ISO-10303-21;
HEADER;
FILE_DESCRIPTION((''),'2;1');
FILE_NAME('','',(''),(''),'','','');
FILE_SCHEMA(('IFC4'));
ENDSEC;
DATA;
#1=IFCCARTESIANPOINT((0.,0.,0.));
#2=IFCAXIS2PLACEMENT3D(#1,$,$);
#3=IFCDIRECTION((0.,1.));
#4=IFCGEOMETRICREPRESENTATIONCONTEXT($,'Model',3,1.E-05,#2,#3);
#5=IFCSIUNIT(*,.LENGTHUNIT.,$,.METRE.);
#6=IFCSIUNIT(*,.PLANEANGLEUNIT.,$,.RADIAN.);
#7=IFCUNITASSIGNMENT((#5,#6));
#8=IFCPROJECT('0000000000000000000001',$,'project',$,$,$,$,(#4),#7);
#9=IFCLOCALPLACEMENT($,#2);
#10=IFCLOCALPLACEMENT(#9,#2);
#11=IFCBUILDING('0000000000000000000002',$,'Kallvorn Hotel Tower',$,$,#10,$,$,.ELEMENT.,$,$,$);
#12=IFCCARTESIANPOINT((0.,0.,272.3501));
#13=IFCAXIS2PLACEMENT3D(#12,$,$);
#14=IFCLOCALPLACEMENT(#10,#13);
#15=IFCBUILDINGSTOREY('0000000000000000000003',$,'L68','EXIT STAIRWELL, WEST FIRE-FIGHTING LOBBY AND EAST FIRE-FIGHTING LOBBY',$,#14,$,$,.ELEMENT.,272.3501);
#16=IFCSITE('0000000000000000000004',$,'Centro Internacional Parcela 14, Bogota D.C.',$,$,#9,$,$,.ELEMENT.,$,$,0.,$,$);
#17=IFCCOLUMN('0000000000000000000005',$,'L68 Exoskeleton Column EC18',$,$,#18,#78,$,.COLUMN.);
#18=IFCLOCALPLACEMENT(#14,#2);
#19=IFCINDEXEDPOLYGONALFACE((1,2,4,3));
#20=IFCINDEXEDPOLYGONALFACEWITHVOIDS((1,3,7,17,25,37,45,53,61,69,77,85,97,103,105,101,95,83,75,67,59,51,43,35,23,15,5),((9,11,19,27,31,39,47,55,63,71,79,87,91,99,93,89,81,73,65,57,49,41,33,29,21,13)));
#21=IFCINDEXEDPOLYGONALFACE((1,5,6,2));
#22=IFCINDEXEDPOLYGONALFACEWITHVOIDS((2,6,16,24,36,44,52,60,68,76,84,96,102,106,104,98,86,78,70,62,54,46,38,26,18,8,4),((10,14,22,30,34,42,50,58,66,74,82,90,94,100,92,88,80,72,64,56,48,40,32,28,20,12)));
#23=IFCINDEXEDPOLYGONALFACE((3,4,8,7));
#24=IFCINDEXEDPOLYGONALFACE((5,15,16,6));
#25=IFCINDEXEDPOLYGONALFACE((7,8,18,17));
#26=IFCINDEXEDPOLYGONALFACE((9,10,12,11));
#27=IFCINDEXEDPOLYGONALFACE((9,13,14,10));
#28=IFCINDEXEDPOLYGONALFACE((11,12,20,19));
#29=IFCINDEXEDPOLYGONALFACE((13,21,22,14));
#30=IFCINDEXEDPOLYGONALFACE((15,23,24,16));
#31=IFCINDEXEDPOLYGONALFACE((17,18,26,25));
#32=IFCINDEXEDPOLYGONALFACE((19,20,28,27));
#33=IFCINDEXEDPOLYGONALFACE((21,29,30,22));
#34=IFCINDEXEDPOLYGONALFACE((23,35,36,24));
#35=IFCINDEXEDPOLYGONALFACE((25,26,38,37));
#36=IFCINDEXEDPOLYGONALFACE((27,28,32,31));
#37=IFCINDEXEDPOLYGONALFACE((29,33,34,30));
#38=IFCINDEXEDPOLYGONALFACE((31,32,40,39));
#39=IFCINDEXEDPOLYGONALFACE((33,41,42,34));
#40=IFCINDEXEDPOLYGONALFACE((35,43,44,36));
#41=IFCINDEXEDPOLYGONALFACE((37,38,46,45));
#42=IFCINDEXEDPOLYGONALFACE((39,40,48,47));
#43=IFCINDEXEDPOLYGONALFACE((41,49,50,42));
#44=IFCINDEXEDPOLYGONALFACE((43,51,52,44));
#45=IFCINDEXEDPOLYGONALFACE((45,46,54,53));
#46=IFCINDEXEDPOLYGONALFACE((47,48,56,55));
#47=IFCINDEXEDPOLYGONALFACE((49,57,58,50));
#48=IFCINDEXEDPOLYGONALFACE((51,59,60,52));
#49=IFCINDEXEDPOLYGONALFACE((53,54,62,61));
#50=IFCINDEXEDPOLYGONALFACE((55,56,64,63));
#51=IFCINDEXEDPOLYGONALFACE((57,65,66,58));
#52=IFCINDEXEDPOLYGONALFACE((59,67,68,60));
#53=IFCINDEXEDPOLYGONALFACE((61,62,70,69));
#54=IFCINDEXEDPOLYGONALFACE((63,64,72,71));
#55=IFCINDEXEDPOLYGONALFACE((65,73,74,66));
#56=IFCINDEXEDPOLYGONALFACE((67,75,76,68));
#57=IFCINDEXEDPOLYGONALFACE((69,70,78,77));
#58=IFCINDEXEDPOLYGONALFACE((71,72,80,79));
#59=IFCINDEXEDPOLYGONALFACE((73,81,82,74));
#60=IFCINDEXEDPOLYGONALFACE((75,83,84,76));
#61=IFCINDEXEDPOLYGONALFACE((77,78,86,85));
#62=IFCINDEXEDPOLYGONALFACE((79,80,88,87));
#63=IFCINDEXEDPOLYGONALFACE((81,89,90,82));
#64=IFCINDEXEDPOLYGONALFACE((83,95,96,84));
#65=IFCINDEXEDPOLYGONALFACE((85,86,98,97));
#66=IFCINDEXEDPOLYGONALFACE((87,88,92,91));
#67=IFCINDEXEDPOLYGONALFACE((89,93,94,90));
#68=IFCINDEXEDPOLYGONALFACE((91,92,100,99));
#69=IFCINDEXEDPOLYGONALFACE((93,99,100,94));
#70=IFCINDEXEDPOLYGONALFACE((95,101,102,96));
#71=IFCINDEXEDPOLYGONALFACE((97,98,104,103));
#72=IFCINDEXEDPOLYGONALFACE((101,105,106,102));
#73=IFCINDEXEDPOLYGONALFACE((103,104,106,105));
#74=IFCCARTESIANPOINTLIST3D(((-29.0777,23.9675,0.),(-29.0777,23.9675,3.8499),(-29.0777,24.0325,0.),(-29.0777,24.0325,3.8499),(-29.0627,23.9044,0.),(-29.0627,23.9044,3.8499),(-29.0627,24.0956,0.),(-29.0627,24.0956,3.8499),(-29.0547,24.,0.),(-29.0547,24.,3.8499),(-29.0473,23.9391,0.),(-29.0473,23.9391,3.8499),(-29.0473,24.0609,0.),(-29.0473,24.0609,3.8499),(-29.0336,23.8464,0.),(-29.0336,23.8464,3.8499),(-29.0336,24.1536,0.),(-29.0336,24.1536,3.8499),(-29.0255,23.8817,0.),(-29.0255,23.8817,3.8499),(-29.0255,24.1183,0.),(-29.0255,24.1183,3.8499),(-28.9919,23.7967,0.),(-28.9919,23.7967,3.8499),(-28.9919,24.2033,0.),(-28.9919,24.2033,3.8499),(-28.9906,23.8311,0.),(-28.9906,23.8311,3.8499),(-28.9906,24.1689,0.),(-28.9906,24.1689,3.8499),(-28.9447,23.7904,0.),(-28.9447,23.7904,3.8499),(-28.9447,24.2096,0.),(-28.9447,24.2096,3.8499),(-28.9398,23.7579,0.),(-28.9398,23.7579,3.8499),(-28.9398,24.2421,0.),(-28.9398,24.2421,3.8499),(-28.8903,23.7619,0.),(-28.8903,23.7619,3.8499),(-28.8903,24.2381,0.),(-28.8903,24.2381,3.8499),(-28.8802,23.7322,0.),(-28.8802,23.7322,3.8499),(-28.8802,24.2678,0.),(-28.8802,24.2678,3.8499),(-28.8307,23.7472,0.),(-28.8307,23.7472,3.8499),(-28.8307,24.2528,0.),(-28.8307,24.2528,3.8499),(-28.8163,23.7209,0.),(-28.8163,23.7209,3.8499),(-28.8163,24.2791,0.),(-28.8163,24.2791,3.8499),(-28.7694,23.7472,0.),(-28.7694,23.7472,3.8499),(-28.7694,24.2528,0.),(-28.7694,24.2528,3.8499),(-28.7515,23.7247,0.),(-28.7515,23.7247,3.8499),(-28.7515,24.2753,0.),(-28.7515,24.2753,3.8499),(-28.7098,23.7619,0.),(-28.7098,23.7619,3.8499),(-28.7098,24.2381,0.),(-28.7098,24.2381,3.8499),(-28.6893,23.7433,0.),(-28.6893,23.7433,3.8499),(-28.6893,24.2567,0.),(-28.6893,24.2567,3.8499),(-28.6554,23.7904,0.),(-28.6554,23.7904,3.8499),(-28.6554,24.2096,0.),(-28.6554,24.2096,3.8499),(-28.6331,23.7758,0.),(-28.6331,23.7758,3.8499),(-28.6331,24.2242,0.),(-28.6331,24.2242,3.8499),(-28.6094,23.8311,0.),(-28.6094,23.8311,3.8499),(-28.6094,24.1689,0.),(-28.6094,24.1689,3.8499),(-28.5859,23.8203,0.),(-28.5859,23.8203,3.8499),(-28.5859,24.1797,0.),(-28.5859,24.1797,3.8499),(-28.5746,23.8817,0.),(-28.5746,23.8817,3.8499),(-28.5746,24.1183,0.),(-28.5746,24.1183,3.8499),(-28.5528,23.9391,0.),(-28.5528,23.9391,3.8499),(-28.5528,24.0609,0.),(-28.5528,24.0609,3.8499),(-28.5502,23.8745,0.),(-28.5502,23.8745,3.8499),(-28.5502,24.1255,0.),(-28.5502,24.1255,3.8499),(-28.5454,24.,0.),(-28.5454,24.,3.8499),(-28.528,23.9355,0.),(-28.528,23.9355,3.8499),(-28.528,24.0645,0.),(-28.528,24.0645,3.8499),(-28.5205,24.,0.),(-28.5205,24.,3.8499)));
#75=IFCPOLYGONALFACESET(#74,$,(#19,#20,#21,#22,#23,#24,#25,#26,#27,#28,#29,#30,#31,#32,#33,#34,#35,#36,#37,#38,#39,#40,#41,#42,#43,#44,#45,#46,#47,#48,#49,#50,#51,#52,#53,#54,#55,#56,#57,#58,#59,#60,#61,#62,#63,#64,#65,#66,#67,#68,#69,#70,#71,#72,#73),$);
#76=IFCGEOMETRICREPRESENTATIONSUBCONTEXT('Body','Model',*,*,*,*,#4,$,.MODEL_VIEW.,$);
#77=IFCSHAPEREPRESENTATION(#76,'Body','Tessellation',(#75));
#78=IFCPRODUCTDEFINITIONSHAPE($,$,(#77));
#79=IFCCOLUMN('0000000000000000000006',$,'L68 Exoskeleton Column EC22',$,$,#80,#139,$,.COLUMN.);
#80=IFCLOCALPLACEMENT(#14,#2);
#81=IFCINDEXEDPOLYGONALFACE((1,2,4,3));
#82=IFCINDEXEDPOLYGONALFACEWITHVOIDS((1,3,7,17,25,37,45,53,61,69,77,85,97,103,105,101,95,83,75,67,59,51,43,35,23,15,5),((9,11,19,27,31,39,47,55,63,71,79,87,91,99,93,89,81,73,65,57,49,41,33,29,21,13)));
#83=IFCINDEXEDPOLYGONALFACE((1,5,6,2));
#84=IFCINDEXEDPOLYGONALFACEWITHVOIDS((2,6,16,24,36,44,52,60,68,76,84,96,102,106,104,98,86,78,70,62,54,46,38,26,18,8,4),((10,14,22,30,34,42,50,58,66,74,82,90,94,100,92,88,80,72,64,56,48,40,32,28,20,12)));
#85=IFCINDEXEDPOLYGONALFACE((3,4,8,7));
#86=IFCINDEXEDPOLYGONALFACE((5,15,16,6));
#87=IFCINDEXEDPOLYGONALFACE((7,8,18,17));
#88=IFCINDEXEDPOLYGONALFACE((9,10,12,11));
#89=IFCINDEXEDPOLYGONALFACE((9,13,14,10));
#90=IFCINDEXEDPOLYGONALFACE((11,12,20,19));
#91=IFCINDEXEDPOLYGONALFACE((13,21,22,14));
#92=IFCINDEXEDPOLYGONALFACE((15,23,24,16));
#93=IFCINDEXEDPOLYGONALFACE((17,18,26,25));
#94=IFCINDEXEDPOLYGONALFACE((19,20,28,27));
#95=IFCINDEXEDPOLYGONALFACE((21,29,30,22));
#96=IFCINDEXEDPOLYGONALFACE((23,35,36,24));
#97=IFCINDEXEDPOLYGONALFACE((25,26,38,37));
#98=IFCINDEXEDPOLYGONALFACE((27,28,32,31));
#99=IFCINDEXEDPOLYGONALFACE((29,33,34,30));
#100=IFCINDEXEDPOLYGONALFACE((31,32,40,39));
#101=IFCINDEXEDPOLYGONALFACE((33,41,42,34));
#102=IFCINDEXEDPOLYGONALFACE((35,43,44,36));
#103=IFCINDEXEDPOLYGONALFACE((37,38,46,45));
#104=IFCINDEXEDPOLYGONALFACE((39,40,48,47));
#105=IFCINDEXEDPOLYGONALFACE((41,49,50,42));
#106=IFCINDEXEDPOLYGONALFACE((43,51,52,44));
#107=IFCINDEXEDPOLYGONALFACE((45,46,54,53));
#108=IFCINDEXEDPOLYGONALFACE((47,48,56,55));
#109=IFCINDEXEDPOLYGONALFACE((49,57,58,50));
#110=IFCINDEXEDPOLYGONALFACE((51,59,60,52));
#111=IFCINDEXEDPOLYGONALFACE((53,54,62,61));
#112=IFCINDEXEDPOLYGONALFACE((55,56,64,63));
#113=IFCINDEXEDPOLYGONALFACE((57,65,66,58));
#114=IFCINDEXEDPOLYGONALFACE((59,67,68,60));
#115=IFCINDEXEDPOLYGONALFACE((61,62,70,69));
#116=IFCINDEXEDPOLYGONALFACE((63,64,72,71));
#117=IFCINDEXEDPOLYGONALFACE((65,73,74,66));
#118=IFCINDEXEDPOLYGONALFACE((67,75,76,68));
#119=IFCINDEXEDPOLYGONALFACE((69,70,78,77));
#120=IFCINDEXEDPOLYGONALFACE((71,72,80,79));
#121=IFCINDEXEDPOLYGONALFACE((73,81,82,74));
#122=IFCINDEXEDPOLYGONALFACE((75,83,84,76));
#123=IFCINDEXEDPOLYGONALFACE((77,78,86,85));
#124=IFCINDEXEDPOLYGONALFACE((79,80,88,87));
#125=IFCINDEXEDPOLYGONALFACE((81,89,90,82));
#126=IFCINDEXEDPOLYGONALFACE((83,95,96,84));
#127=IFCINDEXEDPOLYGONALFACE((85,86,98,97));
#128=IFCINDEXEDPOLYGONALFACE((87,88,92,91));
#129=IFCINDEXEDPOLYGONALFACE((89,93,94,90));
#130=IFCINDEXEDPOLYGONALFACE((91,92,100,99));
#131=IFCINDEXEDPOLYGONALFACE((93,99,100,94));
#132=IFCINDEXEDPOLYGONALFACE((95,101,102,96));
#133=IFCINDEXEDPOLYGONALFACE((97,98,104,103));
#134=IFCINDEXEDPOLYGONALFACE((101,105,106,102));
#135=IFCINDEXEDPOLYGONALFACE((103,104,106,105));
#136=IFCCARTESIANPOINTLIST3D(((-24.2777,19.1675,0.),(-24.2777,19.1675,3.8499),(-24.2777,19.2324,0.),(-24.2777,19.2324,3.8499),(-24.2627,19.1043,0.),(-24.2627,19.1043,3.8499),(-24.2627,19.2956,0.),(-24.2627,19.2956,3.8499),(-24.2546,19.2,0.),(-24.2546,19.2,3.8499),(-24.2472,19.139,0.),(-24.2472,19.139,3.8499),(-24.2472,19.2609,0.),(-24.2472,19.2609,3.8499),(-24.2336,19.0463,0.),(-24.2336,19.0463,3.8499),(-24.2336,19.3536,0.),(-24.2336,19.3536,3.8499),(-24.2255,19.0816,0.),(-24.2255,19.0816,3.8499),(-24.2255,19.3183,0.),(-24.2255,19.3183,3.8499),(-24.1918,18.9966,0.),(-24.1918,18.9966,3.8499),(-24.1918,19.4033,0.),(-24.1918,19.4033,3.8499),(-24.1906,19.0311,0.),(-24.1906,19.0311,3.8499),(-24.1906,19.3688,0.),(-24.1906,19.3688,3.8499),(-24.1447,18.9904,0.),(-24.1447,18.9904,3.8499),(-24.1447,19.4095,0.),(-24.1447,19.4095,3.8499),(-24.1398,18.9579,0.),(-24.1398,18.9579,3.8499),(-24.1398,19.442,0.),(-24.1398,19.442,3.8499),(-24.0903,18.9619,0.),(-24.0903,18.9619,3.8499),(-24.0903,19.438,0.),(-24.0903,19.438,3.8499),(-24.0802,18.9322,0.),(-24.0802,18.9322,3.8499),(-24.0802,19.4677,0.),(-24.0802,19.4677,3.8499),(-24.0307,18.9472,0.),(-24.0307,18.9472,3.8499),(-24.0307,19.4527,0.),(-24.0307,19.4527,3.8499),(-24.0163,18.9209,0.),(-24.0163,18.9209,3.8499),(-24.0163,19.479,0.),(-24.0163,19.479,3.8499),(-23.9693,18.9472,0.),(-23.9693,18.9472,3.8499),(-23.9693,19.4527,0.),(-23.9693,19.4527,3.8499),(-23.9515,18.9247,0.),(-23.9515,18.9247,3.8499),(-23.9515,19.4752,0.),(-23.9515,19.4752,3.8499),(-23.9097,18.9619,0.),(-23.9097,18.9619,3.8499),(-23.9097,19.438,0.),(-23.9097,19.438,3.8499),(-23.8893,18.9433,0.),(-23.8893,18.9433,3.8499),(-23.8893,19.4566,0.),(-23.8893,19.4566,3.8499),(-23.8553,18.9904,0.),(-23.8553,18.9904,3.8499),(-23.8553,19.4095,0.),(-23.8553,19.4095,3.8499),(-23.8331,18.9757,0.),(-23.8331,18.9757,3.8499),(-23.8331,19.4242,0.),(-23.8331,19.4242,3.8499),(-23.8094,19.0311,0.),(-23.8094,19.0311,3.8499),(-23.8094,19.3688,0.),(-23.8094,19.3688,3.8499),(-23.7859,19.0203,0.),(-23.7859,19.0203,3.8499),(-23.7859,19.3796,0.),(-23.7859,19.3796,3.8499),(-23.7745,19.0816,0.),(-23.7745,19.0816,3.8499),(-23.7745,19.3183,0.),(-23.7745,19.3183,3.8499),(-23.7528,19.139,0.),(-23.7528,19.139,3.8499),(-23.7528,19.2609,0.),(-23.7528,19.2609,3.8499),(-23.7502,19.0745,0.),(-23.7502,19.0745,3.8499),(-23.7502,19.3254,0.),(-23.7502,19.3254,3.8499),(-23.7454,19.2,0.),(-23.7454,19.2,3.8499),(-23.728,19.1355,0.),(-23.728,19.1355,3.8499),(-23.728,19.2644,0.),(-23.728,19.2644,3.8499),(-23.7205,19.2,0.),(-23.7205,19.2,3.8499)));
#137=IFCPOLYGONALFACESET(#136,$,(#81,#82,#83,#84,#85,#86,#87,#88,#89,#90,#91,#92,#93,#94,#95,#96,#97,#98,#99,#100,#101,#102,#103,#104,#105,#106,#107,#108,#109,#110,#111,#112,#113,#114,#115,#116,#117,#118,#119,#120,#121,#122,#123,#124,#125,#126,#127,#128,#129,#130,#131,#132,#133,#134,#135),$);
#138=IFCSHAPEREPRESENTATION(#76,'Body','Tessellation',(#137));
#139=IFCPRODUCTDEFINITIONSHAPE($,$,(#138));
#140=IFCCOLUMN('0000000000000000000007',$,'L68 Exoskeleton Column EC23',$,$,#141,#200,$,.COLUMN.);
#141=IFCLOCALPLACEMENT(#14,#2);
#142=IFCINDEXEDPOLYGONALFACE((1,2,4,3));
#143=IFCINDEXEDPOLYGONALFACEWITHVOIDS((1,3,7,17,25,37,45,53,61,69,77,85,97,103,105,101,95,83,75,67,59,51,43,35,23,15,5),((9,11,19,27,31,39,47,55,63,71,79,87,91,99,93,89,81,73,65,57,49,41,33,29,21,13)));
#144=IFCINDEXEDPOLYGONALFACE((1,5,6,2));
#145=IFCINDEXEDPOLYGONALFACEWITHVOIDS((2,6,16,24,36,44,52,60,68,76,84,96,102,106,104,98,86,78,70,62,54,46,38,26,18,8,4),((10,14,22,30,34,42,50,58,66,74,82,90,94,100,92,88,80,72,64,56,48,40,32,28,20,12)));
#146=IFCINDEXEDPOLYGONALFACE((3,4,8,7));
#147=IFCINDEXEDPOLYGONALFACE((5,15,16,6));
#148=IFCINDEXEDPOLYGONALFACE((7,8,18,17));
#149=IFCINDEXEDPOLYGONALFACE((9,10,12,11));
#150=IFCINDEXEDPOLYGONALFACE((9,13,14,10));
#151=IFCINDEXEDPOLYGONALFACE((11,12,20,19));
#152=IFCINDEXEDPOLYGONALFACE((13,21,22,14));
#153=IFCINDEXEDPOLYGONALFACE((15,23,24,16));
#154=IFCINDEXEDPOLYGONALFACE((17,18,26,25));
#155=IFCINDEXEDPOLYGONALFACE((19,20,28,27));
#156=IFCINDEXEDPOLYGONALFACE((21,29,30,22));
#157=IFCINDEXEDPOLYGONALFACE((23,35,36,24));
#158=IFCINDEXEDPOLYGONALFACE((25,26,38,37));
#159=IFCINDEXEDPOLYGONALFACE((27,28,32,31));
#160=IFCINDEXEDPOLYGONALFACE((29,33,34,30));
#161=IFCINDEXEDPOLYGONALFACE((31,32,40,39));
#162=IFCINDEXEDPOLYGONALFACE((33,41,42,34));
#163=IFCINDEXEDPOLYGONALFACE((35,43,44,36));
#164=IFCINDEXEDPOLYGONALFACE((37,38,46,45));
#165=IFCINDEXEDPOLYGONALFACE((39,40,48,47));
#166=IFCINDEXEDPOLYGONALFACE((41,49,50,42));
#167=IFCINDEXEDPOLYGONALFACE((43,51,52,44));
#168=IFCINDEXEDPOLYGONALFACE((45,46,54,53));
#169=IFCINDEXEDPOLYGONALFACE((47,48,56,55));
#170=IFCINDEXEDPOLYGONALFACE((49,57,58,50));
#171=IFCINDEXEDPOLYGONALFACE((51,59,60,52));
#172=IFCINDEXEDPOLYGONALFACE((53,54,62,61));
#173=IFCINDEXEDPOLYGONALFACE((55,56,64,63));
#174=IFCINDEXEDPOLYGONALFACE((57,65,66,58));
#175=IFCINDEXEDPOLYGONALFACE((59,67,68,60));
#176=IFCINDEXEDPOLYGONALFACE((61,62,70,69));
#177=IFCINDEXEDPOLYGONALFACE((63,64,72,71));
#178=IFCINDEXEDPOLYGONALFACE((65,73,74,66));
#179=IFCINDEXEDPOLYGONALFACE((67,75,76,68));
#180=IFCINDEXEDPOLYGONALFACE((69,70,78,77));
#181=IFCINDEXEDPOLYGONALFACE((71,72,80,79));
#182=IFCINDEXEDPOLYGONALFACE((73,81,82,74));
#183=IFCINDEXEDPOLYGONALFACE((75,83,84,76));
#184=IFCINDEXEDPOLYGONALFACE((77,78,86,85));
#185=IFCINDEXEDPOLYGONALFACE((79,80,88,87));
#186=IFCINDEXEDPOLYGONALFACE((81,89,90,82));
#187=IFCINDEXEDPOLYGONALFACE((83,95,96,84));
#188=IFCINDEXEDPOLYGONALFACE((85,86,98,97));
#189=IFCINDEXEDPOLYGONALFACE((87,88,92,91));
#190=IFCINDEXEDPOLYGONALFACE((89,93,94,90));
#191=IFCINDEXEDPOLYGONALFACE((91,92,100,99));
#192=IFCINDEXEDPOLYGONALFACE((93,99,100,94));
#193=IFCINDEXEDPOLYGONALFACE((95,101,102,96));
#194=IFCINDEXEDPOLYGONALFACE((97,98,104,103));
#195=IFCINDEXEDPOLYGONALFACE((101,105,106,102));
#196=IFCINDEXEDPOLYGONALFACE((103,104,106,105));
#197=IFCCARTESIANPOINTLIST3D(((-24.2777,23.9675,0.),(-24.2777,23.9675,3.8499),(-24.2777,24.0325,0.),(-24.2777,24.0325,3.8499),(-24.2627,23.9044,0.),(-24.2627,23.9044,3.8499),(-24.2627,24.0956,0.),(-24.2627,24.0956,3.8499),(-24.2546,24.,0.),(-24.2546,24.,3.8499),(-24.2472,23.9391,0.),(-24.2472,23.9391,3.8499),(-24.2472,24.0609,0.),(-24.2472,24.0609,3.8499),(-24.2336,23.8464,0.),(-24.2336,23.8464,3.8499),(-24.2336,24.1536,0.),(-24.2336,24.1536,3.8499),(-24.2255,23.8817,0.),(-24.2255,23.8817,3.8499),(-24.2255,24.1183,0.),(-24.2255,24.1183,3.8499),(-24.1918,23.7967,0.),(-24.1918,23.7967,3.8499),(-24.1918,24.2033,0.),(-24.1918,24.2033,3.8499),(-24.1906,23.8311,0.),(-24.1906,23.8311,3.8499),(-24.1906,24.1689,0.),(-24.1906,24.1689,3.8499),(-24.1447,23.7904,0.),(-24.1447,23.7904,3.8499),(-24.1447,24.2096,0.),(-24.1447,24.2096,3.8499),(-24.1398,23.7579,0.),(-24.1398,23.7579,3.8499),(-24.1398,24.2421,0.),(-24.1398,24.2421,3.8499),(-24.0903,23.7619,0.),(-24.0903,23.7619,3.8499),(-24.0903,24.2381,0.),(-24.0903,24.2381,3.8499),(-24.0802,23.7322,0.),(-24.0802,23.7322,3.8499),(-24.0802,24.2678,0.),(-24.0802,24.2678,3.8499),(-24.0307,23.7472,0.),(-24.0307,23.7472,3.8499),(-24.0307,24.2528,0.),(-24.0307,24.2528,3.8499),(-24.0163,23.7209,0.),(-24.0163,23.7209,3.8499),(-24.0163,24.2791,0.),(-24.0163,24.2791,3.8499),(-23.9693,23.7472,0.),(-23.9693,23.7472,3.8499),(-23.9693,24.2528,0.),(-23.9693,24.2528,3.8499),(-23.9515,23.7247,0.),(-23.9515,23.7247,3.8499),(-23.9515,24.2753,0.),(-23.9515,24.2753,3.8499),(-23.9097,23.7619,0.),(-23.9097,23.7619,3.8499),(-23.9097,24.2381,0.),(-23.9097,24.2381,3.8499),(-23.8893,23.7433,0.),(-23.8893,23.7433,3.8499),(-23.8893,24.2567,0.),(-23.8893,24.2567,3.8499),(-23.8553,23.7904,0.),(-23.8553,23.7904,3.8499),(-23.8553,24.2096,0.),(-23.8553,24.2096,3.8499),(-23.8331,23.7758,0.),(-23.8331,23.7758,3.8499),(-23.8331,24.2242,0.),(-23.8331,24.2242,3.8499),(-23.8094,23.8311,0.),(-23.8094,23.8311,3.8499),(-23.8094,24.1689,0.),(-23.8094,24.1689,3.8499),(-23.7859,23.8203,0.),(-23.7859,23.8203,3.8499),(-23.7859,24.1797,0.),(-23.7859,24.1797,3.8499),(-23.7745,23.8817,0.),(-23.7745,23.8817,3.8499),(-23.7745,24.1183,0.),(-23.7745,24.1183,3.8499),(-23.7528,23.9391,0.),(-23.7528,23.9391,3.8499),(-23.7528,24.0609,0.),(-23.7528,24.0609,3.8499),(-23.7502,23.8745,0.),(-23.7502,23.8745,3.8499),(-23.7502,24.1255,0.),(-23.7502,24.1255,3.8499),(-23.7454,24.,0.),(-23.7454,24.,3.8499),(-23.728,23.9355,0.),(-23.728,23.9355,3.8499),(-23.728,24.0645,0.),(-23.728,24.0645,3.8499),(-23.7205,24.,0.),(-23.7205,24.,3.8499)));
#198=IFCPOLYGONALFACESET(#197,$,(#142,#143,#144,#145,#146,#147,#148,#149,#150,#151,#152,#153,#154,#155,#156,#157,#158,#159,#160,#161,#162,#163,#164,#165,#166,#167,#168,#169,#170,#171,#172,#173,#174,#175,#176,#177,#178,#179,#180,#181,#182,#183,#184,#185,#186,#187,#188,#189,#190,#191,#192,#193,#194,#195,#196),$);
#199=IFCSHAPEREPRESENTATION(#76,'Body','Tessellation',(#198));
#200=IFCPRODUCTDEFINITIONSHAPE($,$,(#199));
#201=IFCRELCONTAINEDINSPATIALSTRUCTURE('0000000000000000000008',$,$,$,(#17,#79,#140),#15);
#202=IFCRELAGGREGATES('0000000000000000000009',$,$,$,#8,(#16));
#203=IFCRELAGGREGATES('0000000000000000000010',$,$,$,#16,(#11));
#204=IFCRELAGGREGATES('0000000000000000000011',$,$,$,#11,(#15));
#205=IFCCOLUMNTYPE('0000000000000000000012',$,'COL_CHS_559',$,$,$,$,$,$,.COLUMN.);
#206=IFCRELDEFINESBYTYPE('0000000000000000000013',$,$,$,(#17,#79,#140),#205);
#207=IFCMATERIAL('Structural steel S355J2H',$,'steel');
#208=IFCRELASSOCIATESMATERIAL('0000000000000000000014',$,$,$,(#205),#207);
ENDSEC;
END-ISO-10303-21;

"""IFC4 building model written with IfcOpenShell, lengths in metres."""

from ifc_helpers import new_model, si_unit, direction, frame, origin, origin_2d, place, context, subcontext, project, spatial, hollow_circle, extrude, material, material_profile, profile_set, type_object, element, save


model = new_model("IFC4")

# Units and contexts
model_context = context("Model", 3, precision=1e-05, world=origin(), true_north=direction((0.0, 1.0)))
body_context = subcontext(model_context, "Body", "Model", "MODEL_VIEW")
ifc_project = project(units=[si_unit("LENGTHUNIT", "METRE"), si_unit("PLANEANGLEUNIT", "RADIAN")], contexts=[model_context])

# Site, building, storey
site_placement = place(None, origin())
site = spatial("IfcSite", under=ifc_project, at=site_placement, Name="Centro Internacional Parcela 14, Bogota D.C.", CompositionType="ELEMENT", RefElevation=0.0)
building_placement = place(site_placement, origin())
building = spatial("IfcBuilding", under=site, at=building_placement, Name="Kallvorn Hotel Tower", CompositionType="ELEMENT")
storey_placement = place(building_placement, frame((0.0, 0.0, 272.3501)))
storey = spatial("IfcBuildingStorey", under=building, at=storey_placement, Name="L68", Description="EXIT STAIRWELL, WEST FIRE-FIGHTING LOBBY AND EAST FIRE-FIGHTING LOBBY", CompositionType="ELEMENT", Elevation=272.3501)

# Columns
ifc_material_1 = material(Name="Structural steel S355J2H", Category="steel")
ifc_material_profile_1 = material_profile(ifc_material_1, hollow_circle(Radius=0.2795, WallThickness=0.0249, at=origin_2d()), Name="CHS 559x25")
ifc_profile_set_1 = profile_set([ifc_material_profile_1], Name="Structural steel S355J2H")
column_type_1 = type_object("IfcColumnType", Name="COL_CHS_559", PredefinedType="COLUMN", material=ifc_profile_set_1)
for number, where, z_axis, x_axis, name in (
    (1, (-28.8, 24.0, 0.0), (0.0, 0.0, 1.0), (1.0, 0.0, 0.0), "L68 Exoskeleton Column EC18"),
    (2, (-24.0, 19.2, 0.0), (0.0, 0.0, 1.0), (1.0, 0.0, 0.0), "L68 Exoskeleton Column EC22"),
    (3, (-24.0, 24.0, 0.0), (0.0, 0.0, 1.0), (1.0, 0.0, 0.0), "L68 Exoskeleton Column EC23"),
):
    element("IfcColumn", number, at=place(storey_placement, frame(where, z_axis=z_axis, x_axis=x_axis)), inside=storey, type_object=column_type_1, Name=name, PredefinedType="COLUMN", context=body_context, shape_type="SweptSolid", body=[
        extrude(hollow_circle(Radius=0.2795, WallThickness=0.0249, at=origin_2d()), origin(), (0.0, 0.0, 1.0), 3.8499),
    ])

save(model, "model.ifc")
